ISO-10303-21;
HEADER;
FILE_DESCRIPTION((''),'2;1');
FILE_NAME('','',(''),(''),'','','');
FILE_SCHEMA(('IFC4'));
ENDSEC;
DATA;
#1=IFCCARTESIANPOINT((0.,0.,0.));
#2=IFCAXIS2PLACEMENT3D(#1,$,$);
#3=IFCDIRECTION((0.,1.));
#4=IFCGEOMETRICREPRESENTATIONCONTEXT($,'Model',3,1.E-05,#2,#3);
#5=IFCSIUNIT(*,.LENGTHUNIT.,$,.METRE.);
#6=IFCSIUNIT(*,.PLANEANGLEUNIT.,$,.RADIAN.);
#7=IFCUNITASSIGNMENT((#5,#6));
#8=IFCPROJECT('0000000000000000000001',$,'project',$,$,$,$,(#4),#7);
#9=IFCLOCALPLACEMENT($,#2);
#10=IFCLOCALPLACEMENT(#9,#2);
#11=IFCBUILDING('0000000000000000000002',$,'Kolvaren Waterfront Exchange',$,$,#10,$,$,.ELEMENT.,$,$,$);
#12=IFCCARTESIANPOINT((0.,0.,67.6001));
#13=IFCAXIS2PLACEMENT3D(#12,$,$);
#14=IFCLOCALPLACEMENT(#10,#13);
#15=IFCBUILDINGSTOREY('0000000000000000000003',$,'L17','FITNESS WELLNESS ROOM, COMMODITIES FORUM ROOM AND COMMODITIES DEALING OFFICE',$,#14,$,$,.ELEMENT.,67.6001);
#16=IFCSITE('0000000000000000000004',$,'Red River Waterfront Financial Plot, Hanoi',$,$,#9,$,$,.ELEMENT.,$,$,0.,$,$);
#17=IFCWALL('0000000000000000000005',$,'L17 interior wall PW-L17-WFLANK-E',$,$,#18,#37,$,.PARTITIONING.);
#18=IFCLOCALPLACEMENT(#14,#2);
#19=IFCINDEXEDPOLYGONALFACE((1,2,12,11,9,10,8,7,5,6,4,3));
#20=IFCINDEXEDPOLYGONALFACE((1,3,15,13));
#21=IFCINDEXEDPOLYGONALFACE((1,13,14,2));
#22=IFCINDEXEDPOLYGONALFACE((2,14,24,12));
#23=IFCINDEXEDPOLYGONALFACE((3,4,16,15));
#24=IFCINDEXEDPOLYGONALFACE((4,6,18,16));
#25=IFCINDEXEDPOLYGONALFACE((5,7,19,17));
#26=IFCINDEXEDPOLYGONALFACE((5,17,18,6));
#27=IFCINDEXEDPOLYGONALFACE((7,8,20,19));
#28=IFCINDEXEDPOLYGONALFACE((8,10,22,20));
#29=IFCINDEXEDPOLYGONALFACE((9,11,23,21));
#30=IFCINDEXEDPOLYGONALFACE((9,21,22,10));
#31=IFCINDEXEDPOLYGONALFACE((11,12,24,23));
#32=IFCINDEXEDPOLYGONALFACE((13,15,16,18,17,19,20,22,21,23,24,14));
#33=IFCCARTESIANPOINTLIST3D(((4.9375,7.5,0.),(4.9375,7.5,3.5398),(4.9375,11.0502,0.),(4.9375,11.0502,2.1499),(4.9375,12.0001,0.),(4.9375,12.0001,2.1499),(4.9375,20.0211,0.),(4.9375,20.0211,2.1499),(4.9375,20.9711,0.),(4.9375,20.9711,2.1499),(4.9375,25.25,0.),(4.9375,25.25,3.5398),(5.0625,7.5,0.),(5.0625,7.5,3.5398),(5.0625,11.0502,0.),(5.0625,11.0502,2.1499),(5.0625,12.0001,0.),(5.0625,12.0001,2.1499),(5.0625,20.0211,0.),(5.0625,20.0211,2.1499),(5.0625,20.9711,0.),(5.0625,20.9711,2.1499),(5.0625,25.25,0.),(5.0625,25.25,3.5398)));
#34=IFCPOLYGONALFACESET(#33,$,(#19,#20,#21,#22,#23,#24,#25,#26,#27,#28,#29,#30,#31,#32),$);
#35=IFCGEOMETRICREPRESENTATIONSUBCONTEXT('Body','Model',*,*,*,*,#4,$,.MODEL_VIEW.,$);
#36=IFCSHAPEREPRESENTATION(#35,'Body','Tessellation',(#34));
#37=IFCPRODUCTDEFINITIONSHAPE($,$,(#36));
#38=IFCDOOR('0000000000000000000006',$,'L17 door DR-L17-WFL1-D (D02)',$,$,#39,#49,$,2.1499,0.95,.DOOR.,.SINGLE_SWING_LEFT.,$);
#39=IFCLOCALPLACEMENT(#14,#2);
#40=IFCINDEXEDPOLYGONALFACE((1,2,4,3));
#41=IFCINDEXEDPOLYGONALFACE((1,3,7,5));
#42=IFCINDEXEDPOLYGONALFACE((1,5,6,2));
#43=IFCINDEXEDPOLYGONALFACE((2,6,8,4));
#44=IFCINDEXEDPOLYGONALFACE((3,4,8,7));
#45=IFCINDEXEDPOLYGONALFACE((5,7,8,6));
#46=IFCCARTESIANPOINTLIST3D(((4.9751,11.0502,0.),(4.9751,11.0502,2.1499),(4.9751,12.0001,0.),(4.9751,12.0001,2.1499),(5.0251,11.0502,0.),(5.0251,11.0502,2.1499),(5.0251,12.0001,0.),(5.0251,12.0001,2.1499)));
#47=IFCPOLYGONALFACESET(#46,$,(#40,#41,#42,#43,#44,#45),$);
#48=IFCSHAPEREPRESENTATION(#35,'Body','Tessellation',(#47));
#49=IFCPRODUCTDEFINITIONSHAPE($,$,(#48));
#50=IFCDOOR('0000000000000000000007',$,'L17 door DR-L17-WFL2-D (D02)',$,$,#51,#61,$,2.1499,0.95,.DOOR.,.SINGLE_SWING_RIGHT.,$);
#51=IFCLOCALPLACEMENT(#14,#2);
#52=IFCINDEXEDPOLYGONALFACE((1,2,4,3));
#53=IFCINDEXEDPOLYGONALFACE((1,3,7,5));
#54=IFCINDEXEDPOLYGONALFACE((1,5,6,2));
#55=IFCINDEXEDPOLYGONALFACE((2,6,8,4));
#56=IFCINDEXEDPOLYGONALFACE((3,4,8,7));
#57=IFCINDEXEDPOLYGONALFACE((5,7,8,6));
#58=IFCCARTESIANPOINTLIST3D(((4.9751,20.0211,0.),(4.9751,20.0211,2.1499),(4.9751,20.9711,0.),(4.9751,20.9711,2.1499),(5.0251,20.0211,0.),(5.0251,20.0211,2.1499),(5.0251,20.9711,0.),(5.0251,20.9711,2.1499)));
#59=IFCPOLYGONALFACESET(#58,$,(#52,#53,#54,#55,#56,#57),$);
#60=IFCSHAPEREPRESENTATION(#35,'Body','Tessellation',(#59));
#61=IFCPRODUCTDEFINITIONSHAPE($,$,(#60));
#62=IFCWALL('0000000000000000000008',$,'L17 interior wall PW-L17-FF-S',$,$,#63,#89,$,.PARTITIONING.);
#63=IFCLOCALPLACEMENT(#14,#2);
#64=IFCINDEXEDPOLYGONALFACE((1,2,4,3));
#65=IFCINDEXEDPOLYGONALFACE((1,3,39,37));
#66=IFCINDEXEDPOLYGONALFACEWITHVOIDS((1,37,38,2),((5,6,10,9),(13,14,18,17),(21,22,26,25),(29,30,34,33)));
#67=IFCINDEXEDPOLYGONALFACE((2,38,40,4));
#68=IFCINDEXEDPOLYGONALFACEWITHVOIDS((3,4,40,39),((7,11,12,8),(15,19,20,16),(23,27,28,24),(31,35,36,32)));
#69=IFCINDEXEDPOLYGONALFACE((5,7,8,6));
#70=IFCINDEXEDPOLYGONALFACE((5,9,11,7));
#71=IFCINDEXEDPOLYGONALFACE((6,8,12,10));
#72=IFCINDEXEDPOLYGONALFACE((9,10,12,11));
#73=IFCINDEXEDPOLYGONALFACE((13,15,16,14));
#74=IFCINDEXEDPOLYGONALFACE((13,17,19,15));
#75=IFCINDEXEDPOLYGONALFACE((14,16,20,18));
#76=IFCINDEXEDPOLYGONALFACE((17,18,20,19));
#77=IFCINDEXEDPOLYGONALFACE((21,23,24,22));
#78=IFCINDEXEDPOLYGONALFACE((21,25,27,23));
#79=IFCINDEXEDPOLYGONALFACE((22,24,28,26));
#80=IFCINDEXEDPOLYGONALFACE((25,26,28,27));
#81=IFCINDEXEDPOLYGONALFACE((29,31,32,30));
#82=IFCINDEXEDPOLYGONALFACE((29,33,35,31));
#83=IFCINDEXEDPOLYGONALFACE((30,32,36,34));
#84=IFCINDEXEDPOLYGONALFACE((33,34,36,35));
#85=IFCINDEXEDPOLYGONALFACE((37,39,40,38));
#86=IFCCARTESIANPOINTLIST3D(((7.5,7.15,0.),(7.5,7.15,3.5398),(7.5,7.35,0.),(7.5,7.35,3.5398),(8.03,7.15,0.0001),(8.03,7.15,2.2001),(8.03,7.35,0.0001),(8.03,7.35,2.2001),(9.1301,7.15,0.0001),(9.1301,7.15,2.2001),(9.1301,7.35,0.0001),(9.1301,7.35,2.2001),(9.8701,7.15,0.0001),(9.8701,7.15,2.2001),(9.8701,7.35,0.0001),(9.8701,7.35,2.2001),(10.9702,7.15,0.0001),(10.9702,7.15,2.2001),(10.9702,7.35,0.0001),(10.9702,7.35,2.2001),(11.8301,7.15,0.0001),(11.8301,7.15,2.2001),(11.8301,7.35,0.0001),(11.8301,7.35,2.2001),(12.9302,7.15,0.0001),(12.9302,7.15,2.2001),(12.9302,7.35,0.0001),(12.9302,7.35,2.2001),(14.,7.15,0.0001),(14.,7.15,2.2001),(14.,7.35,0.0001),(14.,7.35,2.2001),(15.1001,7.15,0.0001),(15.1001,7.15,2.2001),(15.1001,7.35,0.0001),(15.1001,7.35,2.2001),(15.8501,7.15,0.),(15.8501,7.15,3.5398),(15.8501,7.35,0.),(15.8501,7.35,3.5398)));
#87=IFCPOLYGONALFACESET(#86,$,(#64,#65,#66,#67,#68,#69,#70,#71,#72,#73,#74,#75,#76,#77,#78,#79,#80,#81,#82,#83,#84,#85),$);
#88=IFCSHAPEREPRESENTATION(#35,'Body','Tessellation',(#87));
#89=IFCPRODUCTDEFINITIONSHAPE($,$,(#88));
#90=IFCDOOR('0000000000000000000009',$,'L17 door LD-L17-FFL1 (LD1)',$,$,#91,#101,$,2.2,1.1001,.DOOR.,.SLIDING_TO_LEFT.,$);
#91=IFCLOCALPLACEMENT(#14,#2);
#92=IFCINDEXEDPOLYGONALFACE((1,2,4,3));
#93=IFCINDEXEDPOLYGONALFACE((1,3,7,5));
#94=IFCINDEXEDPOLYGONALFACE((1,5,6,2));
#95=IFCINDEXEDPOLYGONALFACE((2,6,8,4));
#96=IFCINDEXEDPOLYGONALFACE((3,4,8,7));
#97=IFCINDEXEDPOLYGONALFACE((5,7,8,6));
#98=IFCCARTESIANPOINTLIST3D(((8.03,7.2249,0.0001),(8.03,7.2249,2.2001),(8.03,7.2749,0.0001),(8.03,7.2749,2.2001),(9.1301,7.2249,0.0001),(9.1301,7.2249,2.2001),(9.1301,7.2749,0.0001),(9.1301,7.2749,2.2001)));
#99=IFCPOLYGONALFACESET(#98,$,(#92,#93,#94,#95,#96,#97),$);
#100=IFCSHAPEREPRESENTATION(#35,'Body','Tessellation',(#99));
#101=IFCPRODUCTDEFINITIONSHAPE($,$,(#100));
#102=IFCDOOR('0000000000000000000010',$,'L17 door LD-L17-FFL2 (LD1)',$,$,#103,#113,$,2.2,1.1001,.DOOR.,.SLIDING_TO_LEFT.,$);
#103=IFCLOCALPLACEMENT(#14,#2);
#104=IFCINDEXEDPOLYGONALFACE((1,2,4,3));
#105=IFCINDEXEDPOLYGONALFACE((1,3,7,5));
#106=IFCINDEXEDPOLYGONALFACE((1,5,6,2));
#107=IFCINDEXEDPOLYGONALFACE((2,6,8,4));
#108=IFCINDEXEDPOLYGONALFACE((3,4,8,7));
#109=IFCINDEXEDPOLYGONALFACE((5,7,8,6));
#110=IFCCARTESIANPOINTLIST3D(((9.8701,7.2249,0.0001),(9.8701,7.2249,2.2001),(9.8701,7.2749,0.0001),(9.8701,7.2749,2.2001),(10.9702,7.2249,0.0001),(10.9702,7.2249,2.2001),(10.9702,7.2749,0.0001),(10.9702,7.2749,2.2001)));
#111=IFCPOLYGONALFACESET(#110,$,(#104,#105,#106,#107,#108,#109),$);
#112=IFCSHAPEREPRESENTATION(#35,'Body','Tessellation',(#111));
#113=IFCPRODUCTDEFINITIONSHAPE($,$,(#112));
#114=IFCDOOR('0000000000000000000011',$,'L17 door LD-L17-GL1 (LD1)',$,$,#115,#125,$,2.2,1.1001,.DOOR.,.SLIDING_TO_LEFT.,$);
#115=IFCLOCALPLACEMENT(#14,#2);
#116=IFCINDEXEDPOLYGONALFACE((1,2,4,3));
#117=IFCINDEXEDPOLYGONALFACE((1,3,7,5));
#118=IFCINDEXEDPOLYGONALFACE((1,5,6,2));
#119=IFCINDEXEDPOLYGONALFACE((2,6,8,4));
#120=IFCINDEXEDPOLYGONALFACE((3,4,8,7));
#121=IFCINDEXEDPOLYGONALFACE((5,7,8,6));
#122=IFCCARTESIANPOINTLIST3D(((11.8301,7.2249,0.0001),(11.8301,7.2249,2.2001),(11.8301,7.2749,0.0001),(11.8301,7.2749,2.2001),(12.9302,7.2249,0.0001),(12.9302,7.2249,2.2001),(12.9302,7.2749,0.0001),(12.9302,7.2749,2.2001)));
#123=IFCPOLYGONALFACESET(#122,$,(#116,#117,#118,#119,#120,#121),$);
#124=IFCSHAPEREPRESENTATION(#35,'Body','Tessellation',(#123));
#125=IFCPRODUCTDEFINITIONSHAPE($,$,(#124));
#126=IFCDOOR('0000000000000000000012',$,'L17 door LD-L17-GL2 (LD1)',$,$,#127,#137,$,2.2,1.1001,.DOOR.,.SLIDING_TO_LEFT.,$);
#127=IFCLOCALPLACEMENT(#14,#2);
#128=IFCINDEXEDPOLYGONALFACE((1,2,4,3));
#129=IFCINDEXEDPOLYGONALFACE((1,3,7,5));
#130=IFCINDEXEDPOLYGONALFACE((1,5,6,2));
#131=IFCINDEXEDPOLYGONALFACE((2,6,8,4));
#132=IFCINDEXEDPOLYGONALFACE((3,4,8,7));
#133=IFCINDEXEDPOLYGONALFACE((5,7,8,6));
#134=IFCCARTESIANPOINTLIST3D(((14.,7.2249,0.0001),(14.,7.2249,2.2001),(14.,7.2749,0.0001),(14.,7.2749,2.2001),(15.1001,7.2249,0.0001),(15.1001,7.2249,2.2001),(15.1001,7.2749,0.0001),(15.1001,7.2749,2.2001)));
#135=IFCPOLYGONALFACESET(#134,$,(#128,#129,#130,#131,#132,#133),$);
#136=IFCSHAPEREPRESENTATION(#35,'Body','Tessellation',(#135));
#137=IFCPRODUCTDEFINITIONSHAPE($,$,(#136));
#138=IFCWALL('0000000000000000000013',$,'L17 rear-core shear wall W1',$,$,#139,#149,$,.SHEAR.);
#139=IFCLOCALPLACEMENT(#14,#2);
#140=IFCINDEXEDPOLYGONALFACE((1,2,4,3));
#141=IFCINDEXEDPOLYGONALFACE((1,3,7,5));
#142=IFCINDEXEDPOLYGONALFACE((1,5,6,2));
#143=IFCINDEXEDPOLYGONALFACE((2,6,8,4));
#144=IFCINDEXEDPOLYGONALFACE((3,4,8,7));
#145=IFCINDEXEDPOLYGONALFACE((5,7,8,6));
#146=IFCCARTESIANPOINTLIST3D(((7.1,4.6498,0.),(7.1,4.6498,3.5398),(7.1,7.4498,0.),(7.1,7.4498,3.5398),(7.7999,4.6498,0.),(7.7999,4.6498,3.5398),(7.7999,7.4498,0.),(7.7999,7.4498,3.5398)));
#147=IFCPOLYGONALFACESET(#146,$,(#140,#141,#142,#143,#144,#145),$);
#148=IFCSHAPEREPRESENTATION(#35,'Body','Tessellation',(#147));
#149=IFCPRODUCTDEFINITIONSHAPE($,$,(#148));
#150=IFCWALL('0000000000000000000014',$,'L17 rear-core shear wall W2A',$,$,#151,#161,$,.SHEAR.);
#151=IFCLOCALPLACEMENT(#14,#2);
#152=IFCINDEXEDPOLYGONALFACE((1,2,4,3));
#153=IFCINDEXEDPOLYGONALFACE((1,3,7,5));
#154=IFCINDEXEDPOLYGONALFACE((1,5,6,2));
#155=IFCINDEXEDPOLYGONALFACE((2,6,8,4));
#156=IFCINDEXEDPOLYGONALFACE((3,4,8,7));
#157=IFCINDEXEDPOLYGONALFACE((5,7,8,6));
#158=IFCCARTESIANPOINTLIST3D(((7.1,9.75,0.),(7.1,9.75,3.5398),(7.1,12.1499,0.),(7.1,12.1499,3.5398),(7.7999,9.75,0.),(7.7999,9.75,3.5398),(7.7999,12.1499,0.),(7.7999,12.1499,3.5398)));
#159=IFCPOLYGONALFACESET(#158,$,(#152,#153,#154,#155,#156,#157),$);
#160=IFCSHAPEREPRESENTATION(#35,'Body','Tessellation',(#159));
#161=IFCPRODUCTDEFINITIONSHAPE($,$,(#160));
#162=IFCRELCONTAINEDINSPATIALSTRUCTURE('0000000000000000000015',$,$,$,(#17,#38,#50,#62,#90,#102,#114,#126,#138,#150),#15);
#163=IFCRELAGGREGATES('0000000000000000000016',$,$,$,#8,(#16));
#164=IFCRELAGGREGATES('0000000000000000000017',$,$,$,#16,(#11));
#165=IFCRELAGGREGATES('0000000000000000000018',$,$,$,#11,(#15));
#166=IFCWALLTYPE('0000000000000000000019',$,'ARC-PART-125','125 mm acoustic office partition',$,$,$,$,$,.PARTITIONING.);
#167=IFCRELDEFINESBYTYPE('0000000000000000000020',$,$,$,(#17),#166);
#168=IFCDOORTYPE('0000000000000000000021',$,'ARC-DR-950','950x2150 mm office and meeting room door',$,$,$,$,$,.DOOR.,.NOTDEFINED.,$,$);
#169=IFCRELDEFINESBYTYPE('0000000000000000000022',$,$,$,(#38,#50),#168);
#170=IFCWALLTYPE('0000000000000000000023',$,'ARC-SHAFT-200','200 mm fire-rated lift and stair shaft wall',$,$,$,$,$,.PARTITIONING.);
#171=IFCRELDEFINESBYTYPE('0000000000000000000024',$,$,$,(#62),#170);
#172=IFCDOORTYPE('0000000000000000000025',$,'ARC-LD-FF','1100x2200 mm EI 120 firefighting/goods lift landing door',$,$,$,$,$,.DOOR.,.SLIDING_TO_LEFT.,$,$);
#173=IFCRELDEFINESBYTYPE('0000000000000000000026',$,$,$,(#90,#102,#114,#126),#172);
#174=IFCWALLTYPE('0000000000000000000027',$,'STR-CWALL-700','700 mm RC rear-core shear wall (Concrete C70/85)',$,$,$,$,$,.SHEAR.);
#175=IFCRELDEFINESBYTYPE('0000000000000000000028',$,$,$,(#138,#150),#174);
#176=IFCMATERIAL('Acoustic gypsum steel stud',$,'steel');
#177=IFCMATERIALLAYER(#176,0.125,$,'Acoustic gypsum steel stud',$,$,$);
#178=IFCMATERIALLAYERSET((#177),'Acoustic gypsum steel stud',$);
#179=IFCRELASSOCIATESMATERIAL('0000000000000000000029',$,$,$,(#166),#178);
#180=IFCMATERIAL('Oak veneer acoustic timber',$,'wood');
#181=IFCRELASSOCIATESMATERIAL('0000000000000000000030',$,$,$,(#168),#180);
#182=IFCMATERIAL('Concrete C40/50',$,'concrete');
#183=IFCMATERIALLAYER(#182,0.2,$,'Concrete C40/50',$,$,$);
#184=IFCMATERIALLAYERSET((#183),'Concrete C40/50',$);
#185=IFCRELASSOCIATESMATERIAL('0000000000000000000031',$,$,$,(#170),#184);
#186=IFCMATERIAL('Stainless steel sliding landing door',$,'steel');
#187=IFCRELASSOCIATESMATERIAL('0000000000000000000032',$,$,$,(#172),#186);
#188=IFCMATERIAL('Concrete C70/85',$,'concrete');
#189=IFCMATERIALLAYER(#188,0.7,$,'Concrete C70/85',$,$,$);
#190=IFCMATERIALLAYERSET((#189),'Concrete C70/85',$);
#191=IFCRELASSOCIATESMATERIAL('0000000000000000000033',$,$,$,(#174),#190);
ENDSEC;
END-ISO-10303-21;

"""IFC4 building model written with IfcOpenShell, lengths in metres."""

from ifc_helpers import new_model, si_unit, direction, frame, frame_2d, origin, place, context, subcontext, project, spatial, rectangle, extrude, material, layer, layer_set, type_object, element, fill, save


model = new_model("IFC4")

# Units and contexts
model_context = context("Model", 3, precision=1e-05, world=origin(), true_north=direction((0.0, 1.0)))
body_context = subcontext(model_context, "Body", "Model", "MODEL_VIEW")
ifc_project = project(units=[si_unit("LENGTHUNIT", "METRE"), si_unit("PLANEANGLEUNIT", "RADIAN")], contexts=[model_context])

# Site, building, storey
site_placement = place(None, origin())
site = spatial("IfcSite", under=ifc_project, at=site_placement, Name="Red River Waterfront Financial Plot, Hanoi", CompositionType="ELEMENT", RefElevation=0.0)
building_placement = place(site_placement, origin())
building = spatial("IfcBuilding", under=site, at=building_placement, Name="Kolvaren Waterfront Exchange", CompositionType="ELEMENT")
storey_placement = place(building_placement, frame((0.0, 0.0, 67.6001)))
storey = spatial("IfcBuildingStorey", under=building, at=storey_placement, Name="L17", Description="FITNESS WELLNESS ROOM, COMMODITIES FORUM ROOM AND COMMODITIES DEALING OFFICE", CompositionType="ELEMENT", Elevation=67.6001)

# Shared definitions
ifc_material_1 = material(Name="Concrete C70/85", Category="concrete")

# Shared definitions
ifc_material_2 = material(Name="Acoustic gypsum steel stud", Category="steel")
ifc_layer_1 = layer(ifc_material_2, 0.125, Name="Acoustic gypsum steel stud")
ifc_layer_set_1 = layer_set([ifc_layer_1], Name="Acoustic gypsum steel stud")
wall_type_1 = type_object("IfcWallType", Name="ARC-PART-125", Description="125 mm acoustic office partition", PredefinedType="PARTITIONING", material=ifc_layer_set_1)

# Walls, openings, doors
wall_1_placement = place(storey_placement, frame((5.0, 7.5, 0.0), z_axis=(0.0, 0.0, 1.0), x_axis=(0.0, 1.0, 0.0)))
wall_1 = element("IfcWall", 1, at=wall_1_placement, inside=storey, type_object=wall_type_1, Name="L17 interior wall PW-L17-WFLANK-E", PredefinedType="PARTITIONING", context=body_context, shape_type="SweptSolid", body=[
    extrude(rectangle(XDim=17.75, YDim=0.125, at=frame_2d((8.875, 0.0))), origin(), (0.0, 0.0, 1.0), 3.5398),
])
opening_1_placement = place(wall_1_placement, frame((3.55, 0.0, 0.0)))
opening_1 = element("IfcOpeningElement", 2, at=opening_1_placement, cuts=wall_1, PredefinedType="OPENING", context=body_context, shape_type="SweptSolid", body=[
    extrude(rectangle(XDim=0.95, YDim=2.1499, at=frame_2d((0.4751, 1.075))), frame((0.0, 0.0725, 0.0), z_axis=(0.0, -1.0, 0.0), x_axis=(1.0, 0.0, 0.0)), (0.0, 0.0, 1.0), 0.145),
])
opening_2_placement = place(wall_1_placement, frame((12.521, 0.0, 0.0)))
opening_2 = element("IfcOpeningElement", 3, at=opening_2_placement, cuts=wall_1, PredefinedType="OPENING", context=body_context, shape_type="SweptSolid", body=[
    extrude(rectangle(XDim=0.95, YDim=2.1499, at=frame_2d((0.4751, 1.075))), frame((0.0, 0.0725, 0.0), z_axis=(0.0, -1.0, 0.0), x_axis=(1.0, 0.0, 0.0)), (0.0, 0.0, 1.0), 0.145),
])
ifc_material_3 = material(Name="Oak veneer acoustic timber", Category="wood")
door_type_1 = type_object("IfcDoorType", Name="ARC-DR-950", Description="950x2150 mm office and meeting room door", OperationType="NOTDEFINED", PredefinedType="DOOR", material=ifc_material_3)
door_1_placement = place(opening_1_placement, origin())
door_1 = element("IfcDoor", 4, at=door_1_placement, inside=storey, type_object=door_type_1, Name="L17 door DR-L17-WFL1-D (D02)", OperationType="SINGLE_SWING_LEFT", OverallHeight=2.1499, OverallWidth=0.95, PredefinedType="DOOR", context=body_context, shape_type="SweptSolid", body=[
    extrude(rectangle(XDim=0.95, YDim=2.1499, at=frame_2d((0.4751, 1.075))), frame((0.0, 0.0249, 0.0), z_axis=(0.0, -1.0, 0.0), x_axis=(1.0, 0.0, 0.0)), (0.0, 0.0, 1.0), 0.05),
])
fill(opening_1, door_1)
door_2_placement = place(opening_2_placement, origin())
door_2 = element("IfcDoor", 5, at=door_2_placement, inside=storey, type_object=door_type_1, Name="L17 door DR-L17-WFL2-D (D02)", OperationType="SINGLE_SWING_RIGHT", OverallHeight=2.1499, OverallWidth=0.95, PredefinedType="DOOR", context=body_context, shape_type="SweptSolid", body=[
    extrude(rectangle(XDim=0.95, YDim=2.1499, at=frame_2d((0.4751, 1.075))), frame((0.0, 0.0249, 0.0), z_axis=(0.0, -1.0, 0.0), x_axis=(1.0, 0.0, 0.0)), (0.0, 0.0, 1.0), 0.05),
])
fill(opening_2, door_2)
ifc_material_4 = material(Name="Concrete C40/50", Category="concrete")
ifc_layer_2 = layer(ifc_material_4, 0.2, Name="Concrete C40/50")
ifc_layer_set_2 = layer_set([ifc_layer_2], Name="Concrete C40/50")
wall_type_2 = type_object("IfcWallType", Name="ARC-SHAFT-200", Description="200 mm fire-rated lift and stair shaft wall", PredefinedType="PARTITIONING", material=ifc_layer_set_2)
wall_2_placement = place(storey_placement, frame((7.5, 7.25, 0.0), z_axis=(0.0, 0.0, 1.0), x_axis=(1.0, 0.0, 0.0)))
wall_2 = element("IfcWall", 6, at=wall_2_placement, inside=storey, type_object=wall_type_2, Name="L17 interior wall PW-L17-FF-S", PredefinedType="PARTITIONING", context=body_context, shape_type="SweptSolid", body=[
    extrude(rectangle(XDim=8.3501, YDim=0.2, at=frame_2d((4.175, 0.0))), origin(), (0.0, 0.0, 1.0), 3.5398),
])
opening_3_placement = place(wall_2_placement, frame((0.53, 0.0, 0.0)))
opening_3 = element("IfcOpeningElement", 7, at=opening_3_placement, cuts=wall_2, PredefinedType="OPENING", context=body_context, shape_type="SweptSolid", body=[
    extrude(rectangle(XDim=1.1001, YDim=2.2, at=frame_2d((0.55, 1.1001))), frame((0.0, 0.1099, 0.0), z_axis=(0.0, -1.0, 0.0), x_axis=(1.0, 0.0, 0.0)), (0.0, 0.0, 1.0), 0.22),
])
opening_4_placement = place(wall_2_placement, frame((2.3701, 0.0, 0.0)))
opening_4 = element("IfcOpeningElement", 8, at=opening_4_placement, cuts=wall_2, PredefinedType="OPENING", context=body_context, shape_type="SweptSolid", body=[
    extrude(rectangle(XDim=1.1001, YDim=2.2, at=frame_2d((0.55, 1.1001))), frame((0.0, 0.1099, 0.0), z_axis=(0.0, -1.0, 0.0), x_axis=(1.0, 0.0, 0.0)), (0.0, 0.0, 1.0), 0.22),
])
opening_5_placement = place(wall_2_placement, frame((4.3301, 0.0, 0.0)))
opening_5 = element("IfcOpeningElement", 9, at=opening_5_placement, cuts=wall_2, PredefinedType="OPENING", context=body_context, shape_type="SweptSolid", body=[
    extrude(rectangle(XDim=1.1001, YDim=2.2, at=frame_2d((0.55, 1.1001))), frame((0.0, 0.1099, 0.0), z_axis=(0.0, -1.0, 0.0), x_axis=(1.0, 0.0, 0.0)), (0.0, 0.0, 1.0), 0.22),
])
opening_6_placement = place(wall_2_placement, frame((6.5, 0.0, 0.0)))
opening_6 = element("IfcOpeningElement", 10, at=opening_6_placement, cuts=wall_2, PredefinedType="OPENING", context=body_context, shape_type="SweptSolid", body=[
    extrude(rectangle(XDim=1.1001, YDim=2.2, at=frame_2d((0.55, 1.1001))), frame((0.0, 0.1099, 0.0), z_axis=(0.0, -1.0, 0.0), x_axis=(1.0, 0.0, 0.0)), (0.0, 0.0, 1.0), 0.22),
])
ifc_material_5 = material(Name="Stainless steel sliding landing door", Category="steel")
door_type_2 = type_object("IfcDoorType", Name="ARC-LD-FF", Description="1100x2200 mm EI 120 firefighting/goods lift landing door", OperationType="SLIDING_TO_LEFT", PredefinedType="DOOR", material=ifc_material_5)
door_3_placement = place(opening_3_placement, origin())
door_3 = element("IfcDoor", 11, at=door_3_placement, inside=storey, type_object=door_type_2, Name="L17 door LD-L17-FFL1 (LD1)", OperationType="SLIDING_TO_LEFT", OverallHeight=2.2, OverallWidth=1.1001, PredefinedType="DOOR", context=body_context, shape_type="SweptSolid", body=[
    extrude(rectangle(XDim=1.1001, YDim=2.2, at=frame_2d((0.55, 1.1001))), frame((0.0, 0.0249, 0.0), z_axis=(0.0, -1.0, 0.0), x_axis=(1.0, 0.0, 0.0)), (0.0, 0.0, 1.0), 0.05),
])
fill(opening_3, door_3)
door_4_placement = place(opening_4_placement, origin())
door_4 = element("IfcDoor", 12, at=door_4_placement, inside=storey, type_object=door_type_2, Name="L17 door LD-L17-FFL2 (LD1)", OperationType="SLIDING_TO_LEFT", OverallHeight=2.2, OverallWidth=1.1001, PredefinedType="DOOR", context=body_context, shape_type="SweptSolid", body=[
    extrude(rectangle(XDim=1.1001, YDim=2.2, at=frame_2d((0.55, 1.1001))), frame((0.0, 0.0249, 0.0), z_axis=(0.0, -1.0, 0.0), x_axis=(1.0, 0.0, 0.0)), (0.0, 0.0, 1.0), 0.05),
])
fill(opening_4, door_4)
door_5_placement = place(opening_5_placement, origin())
door_5 = element("IfcDoor", 13, at=door_5_placement, inside=storey, type_object=door_type_2, Name="L17 door LD-L17-GL1 (LD1)", OperationType="SLIDING_TO_LEFT", OverallHeight=2.2, OverallWidth=1.1001, PredefinedType="DOOR", context=body_context, shape_type="SweptSolid", body=[
    extrude(rectangle(XDim=1.1001, YDim=2.2, at=frame_2d((0.55, 1.1001))), frame((0.0, 0.0249, 0.0), z_axis=(0.0, -1.0, 0.0), x_axis=(1.0, 0.0, 0.0)), (0.0, 0.0, 1.0), 0.05),
])
fill(opening_5, door_5)
door_6_placement = place(opening_6_placement, origin())
door_6 = element("IfcDoor", 14, at=door_6_placement, inside=storey, type_object=door_type_2, Name="L17 door LD-L17-GL2 (LD1)", OperationType="SLIDING_TO_LEFT", OverallHeight=2.2, OverallWidth=1.1001, PredefinedType="DOOR", context=body_context, shape_type="SweptSolid", body=[
    extrude(rectangle(XDim=1.1001, YDim=2.2, at=frame_2d((0.55, 1.1001))), frame((0.0, 0.0249, 0.0), z_axis=(0.0, -1.0, 0.0), x_axis=(1.0, 0.0, 0.0)), (0.0, 0.0, 1.0), 0.05),
])
fill(opening_6, door_6)

# Walls
ifc_layer_3 = layer(ifc_material_1, 0.7, Name="Concrete C70/85")
ifc_layer_set_3 = layer_set([ifc_layer_3], Name="Concrete C70/85")
wall_type_3 = type_object("IfcWallType", Name="STR-CWALL-700", Description="700 mm RC rear-core shear wall (Concrete C70/85)", PredefinedType="SHEAR", material=ifc_layer_set_3)
wall_3_placement = place(storey_placement, frame((7.45, 4.6499, 0.0), z_axis=(0.0, 0.0, 1.0), x_axis=(0.0, 1.0, 0.0)))
element("IfcWall", 15, at=wall_3_placement, inside=storey, type_object=wall_type_3, Name="L17 rear-core shear wall W1", PredefinedType="SHEAR", context=body_context, shape_type="SweptSolid", body=[
    extrude(rectangle(XDim=2.8, YDim=0.7, at=frame_2d((1.3999, 0.0))), origin(), (0.0, 0.0, 1.0), 3.5398),
])
wall_4_placement = place(storey_placement, frame((7.45, 9.75, 0.0), z_axis=(0.0, 0.0, 1.0), x_axis=(0.0, 1.0, 0.0)))
element("IfcWall", 16, at=wall_4_placement, inside=storey, type_object=wall_type_3, Name="L17 rear-core shear wall W2A", PredefinedType="SHEAR", context=body_context, shape_type="SweptSolid", body=[
    extrude(rectangle(XDim=2.3999, YDim=0.7, at=frame_2d((1.2, 0.0))), origin(), (0.0, 0.0, 1.0), 3.5398),
])

save(model, "model.ifc")
